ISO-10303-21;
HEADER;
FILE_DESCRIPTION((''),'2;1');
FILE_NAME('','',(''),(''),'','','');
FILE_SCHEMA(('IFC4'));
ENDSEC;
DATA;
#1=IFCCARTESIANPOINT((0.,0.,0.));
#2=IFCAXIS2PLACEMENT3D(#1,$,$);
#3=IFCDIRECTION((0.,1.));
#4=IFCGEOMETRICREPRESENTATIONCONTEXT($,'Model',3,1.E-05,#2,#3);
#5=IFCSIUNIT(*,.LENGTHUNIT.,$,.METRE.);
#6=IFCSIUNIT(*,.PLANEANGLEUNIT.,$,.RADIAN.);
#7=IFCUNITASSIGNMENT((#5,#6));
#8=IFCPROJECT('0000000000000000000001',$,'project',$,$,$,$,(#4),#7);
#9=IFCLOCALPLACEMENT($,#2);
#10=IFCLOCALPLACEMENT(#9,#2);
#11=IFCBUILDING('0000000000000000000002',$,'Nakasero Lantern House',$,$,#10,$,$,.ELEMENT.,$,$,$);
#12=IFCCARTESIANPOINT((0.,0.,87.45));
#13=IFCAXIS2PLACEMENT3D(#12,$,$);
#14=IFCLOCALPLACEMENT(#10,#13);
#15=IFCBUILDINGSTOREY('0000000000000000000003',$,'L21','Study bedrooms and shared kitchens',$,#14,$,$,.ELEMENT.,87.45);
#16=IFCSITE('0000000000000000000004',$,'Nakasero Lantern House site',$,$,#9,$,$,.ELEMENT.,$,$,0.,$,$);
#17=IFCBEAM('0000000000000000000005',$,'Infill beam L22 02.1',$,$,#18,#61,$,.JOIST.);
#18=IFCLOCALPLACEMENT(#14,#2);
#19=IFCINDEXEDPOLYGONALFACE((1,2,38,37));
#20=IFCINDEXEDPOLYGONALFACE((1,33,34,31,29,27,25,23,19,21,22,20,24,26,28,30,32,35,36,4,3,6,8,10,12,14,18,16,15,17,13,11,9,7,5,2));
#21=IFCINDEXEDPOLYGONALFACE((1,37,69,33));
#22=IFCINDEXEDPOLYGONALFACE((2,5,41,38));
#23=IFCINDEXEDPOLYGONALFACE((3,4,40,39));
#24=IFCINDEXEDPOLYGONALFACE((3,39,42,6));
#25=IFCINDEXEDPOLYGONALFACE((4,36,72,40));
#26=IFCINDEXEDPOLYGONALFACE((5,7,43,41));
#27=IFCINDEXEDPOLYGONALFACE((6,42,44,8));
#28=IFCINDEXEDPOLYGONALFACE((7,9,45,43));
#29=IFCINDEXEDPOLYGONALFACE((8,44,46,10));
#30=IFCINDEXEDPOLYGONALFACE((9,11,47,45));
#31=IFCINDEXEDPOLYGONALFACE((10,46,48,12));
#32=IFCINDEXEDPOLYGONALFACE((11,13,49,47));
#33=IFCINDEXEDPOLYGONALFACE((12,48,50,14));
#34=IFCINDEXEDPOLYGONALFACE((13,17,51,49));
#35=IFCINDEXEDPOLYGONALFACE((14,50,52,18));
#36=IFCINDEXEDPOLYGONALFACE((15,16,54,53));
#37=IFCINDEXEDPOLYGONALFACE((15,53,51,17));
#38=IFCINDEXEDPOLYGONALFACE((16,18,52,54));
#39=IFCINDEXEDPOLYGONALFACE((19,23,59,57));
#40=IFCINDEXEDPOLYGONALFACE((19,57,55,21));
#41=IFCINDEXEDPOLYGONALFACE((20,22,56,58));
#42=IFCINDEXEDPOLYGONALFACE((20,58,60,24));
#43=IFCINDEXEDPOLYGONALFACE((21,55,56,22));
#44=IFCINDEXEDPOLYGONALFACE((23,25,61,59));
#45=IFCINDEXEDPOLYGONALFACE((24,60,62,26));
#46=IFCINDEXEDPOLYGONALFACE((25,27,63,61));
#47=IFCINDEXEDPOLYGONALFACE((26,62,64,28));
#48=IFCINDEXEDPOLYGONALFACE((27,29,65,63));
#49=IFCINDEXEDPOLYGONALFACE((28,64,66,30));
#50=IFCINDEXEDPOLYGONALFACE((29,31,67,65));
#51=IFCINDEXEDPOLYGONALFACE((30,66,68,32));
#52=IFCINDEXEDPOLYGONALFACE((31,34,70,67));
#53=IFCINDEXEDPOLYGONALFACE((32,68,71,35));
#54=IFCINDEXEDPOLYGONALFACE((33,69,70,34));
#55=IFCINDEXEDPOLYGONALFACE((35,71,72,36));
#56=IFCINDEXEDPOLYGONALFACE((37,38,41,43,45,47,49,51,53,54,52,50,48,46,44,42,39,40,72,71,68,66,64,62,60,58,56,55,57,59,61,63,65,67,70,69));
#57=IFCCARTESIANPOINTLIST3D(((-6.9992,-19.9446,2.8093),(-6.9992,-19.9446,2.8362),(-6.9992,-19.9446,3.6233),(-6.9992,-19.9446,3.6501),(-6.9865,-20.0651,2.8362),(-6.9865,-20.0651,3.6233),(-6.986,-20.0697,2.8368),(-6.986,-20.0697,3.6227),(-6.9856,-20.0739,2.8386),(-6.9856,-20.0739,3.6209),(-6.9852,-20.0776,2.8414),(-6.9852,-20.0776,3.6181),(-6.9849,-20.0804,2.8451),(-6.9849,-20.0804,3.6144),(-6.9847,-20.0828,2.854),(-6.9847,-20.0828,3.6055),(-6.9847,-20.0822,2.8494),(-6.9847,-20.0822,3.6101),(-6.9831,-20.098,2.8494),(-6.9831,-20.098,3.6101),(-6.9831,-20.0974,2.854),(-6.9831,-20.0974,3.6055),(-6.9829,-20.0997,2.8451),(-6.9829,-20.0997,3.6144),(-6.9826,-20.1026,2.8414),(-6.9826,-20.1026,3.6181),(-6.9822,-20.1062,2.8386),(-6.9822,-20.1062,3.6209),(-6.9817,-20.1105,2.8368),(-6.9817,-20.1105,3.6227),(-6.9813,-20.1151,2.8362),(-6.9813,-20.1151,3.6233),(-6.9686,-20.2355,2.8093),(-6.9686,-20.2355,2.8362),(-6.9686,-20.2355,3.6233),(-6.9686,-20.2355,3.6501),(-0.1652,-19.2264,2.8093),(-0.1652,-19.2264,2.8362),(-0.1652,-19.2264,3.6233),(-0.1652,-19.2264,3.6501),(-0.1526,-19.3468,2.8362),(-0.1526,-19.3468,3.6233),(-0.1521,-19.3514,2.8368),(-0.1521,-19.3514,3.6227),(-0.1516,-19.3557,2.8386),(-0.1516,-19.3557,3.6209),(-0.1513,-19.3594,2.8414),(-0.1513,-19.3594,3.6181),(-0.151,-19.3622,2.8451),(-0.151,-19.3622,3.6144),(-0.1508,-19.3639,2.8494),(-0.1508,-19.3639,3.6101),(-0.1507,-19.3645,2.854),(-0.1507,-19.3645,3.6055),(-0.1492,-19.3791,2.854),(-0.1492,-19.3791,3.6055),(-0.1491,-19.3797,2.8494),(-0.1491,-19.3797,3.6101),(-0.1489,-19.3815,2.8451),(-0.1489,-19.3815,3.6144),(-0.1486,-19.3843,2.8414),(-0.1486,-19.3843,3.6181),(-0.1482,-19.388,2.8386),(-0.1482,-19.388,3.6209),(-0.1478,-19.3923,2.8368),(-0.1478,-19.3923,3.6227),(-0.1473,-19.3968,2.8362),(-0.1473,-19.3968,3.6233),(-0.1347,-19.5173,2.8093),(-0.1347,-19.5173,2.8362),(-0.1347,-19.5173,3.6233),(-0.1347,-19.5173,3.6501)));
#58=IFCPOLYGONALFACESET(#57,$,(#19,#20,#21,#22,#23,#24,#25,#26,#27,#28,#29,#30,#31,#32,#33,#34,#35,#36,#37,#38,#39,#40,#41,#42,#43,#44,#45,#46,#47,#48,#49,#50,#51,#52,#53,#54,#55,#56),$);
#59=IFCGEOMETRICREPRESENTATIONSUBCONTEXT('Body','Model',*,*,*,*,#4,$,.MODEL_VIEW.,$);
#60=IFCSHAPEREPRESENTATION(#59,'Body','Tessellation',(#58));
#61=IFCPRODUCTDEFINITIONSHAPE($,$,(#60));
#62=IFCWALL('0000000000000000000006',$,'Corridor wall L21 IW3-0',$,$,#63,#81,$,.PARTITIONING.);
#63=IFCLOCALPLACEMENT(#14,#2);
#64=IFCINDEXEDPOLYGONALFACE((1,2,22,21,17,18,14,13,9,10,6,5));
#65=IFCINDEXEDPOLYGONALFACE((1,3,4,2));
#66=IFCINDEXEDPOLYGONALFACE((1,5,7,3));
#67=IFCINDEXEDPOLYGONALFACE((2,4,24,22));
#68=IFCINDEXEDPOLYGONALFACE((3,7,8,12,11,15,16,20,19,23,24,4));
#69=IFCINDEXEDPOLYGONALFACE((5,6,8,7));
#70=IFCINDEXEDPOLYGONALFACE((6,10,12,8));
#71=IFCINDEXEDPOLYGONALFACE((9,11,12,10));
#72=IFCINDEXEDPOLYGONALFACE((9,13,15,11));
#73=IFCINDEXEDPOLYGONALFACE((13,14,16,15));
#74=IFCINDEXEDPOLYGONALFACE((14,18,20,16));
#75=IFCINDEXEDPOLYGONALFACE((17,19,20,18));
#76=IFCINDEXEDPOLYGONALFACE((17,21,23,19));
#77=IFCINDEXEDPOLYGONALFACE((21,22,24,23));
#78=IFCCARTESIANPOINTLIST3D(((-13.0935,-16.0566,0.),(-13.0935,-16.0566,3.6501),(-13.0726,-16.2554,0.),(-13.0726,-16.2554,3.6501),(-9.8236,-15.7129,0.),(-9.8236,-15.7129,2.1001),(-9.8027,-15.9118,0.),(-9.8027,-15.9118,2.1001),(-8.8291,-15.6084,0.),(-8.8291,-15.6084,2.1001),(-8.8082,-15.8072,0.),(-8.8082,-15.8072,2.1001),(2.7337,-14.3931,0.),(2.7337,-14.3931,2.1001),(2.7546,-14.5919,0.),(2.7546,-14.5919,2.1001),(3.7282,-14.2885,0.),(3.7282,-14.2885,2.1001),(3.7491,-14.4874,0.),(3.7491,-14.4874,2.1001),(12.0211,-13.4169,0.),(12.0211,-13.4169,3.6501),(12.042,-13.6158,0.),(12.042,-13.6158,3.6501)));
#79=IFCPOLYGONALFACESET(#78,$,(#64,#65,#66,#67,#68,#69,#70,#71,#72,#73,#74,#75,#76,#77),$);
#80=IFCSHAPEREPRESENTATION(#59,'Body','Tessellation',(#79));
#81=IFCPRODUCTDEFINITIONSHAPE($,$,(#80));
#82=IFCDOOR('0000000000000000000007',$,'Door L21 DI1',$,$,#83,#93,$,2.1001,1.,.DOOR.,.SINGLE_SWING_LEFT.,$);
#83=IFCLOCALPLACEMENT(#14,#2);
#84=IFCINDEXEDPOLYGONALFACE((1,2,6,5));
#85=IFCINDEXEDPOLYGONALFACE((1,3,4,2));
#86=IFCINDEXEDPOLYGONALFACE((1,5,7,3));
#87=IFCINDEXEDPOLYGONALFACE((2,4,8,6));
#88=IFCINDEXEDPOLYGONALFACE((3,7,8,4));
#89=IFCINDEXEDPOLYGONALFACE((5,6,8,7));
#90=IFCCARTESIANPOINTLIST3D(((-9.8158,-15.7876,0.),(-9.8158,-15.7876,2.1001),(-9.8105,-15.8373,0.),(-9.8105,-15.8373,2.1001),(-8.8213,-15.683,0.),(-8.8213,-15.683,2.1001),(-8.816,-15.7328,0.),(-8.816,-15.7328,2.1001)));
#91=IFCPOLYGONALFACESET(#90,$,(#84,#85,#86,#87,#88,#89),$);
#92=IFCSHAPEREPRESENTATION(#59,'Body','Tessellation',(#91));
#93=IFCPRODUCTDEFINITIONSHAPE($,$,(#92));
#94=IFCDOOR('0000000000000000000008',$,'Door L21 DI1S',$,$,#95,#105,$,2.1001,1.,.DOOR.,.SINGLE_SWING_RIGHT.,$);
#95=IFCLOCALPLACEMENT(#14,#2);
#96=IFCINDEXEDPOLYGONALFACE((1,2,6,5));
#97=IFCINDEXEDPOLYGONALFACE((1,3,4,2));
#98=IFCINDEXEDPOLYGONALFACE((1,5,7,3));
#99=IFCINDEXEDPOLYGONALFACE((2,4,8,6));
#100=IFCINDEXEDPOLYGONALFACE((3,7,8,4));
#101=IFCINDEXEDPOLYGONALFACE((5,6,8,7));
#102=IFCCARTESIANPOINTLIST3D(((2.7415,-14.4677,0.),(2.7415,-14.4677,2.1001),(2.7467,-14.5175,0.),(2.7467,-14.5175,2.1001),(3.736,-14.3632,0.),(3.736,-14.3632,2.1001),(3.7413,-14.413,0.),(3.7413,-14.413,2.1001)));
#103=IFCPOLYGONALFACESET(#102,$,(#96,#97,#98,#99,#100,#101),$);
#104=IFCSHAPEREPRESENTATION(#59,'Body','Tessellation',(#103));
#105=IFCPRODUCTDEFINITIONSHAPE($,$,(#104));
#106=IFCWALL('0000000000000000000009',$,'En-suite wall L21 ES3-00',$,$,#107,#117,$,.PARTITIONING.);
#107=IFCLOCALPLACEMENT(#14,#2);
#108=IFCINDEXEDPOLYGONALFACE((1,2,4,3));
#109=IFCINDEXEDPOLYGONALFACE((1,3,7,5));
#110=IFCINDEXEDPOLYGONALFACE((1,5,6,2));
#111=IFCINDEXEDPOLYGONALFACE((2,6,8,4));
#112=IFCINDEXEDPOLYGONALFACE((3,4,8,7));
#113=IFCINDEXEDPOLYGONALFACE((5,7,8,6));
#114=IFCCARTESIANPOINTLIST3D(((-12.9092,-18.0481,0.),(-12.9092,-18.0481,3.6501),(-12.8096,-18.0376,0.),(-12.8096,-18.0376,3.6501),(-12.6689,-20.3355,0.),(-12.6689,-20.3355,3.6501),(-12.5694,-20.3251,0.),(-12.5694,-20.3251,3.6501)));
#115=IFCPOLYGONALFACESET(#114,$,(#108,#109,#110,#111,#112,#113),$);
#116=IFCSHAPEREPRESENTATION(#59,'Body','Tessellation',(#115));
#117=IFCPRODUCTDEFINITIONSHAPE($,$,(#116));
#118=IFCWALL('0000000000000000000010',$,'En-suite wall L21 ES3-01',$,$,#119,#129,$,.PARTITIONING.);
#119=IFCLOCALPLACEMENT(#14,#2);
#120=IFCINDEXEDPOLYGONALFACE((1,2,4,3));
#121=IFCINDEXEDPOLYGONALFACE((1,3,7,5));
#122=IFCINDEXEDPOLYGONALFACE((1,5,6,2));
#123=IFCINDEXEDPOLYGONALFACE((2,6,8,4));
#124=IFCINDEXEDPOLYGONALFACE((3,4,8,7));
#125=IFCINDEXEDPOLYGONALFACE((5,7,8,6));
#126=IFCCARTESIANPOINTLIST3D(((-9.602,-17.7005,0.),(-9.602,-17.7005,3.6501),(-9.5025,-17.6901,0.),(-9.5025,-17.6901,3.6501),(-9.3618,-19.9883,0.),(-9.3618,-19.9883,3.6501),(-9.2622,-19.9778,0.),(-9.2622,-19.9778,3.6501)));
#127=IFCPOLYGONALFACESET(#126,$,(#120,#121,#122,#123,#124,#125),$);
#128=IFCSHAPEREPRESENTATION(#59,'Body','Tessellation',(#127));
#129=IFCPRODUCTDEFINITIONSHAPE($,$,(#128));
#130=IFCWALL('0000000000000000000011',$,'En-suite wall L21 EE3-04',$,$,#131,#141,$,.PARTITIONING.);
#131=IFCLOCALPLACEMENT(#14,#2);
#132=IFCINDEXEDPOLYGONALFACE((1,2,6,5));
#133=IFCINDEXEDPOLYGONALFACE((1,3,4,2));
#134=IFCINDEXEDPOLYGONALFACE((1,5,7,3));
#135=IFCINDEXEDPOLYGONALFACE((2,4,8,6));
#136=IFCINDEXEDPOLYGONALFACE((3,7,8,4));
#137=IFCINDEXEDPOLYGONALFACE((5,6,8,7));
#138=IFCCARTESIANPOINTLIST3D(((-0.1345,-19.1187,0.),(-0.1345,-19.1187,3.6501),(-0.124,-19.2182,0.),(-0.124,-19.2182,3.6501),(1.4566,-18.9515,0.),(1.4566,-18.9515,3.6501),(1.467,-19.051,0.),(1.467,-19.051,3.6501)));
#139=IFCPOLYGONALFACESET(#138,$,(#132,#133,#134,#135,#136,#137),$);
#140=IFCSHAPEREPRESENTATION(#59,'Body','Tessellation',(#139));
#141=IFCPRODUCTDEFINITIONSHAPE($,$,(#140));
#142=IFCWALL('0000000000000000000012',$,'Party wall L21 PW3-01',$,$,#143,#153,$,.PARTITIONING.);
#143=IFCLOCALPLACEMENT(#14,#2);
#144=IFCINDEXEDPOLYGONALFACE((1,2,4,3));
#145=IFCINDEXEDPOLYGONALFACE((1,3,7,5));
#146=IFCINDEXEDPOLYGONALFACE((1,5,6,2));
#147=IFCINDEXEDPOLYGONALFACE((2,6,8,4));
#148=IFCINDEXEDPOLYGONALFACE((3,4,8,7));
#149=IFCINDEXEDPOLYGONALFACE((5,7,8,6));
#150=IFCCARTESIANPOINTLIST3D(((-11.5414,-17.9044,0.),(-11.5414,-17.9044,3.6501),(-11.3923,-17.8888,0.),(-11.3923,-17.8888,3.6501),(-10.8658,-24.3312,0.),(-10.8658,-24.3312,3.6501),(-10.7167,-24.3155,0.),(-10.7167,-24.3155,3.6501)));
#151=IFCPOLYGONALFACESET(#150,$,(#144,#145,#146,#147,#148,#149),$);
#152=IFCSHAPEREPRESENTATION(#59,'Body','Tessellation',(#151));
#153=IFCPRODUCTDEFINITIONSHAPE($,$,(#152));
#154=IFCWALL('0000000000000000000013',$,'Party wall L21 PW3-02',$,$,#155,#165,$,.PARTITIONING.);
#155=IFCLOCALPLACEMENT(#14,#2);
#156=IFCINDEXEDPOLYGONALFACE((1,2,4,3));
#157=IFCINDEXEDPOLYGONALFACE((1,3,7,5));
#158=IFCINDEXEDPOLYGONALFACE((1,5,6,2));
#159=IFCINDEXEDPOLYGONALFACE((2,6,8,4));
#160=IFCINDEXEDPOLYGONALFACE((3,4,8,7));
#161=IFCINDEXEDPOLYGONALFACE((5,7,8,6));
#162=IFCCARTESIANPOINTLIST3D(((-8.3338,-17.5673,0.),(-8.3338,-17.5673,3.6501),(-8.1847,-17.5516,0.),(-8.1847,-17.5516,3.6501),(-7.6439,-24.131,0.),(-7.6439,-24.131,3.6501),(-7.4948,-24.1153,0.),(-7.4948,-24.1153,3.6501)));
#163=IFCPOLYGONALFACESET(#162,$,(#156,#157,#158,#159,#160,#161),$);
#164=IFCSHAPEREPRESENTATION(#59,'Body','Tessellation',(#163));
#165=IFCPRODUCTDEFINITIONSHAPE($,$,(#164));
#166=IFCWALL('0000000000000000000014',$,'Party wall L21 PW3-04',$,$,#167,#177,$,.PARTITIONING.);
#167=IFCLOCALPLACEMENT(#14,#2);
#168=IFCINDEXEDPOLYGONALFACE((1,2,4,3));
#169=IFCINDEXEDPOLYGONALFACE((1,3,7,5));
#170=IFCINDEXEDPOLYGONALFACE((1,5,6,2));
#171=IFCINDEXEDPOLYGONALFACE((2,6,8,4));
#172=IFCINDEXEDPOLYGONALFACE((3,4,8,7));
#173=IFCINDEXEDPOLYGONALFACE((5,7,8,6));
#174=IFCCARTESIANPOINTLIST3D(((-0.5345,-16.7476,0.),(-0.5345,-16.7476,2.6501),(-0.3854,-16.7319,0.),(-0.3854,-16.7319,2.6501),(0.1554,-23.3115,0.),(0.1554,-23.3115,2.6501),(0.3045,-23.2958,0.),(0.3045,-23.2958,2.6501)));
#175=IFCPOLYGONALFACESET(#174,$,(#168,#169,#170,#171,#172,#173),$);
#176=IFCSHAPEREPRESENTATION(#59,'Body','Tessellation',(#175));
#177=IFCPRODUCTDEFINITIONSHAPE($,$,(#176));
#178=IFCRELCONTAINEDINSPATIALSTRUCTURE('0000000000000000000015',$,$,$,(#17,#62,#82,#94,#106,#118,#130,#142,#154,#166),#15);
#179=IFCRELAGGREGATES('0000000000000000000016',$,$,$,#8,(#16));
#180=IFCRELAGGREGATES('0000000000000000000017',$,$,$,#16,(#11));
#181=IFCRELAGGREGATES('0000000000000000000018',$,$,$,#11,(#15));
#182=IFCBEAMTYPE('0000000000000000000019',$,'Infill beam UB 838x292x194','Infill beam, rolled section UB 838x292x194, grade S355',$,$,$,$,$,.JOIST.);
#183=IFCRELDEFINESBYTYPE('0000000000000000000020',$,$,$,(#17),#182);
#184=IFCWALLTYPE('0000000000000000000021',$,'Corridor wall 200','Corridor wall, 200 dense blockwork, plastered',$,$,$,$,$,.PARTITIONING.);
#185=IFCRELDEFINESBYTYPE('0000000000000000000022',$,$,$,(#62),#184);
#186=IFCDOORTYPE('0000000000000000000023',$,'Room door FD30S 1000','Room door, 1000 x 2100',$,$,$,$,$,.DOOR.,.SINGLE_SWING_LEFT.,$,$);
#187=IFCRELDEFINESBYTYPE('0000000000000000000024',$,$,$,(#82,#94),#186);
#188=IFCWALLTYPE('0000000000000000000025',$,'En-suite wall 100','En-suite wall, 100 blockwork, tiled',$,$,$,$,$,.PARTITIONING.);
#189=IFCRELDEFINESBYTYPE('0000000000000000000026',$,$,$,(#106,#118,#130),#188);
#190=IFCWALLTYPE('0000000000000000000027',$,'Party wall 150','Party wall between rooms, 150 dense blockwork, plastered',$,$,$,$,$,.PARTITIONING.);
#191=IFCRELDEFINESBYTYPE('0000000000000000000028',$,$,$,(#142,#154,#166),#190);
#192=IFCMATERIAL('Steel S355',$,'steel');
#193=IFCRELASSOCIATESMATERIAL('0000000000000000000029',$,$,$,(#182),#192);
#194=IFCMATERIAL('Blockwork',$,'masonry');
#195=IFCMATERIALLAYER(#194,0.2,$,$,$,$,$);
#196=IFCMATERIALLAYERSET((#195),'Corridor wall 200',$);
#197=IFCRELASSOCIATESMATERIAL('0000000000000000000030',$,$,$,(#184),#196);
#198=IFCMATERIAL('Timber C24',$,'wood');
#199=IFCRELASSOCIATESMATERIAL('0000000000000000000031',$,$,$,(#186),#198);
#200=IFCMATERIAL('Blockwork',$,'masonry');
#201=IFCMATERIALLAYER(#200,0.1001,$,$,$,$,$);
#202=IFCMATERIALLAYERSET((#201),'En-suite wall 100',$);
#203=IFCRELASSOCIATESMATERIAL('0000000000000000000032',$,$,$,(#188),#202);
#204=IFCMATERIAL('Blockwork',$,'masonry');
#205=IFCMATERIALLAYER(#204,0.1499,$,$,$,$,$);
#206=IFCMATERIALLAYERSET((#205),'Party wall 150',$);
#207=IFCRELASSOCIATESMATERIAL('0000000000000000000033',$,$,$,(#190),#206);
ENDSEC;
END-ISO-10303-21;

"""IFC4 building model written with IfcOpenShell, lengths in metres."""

from ifc_helpers import new_model, si_unit, direction, frame, frame_2d, origin, origin_2d, place, context, subcontext, project, spatial, rectangle, i_section, extrude, material, layer, layer_set, material_profile, profile_set, type_object, element, fill, save


model = new_model("IFC4")

# Units and contexts
model_context = context("Model", 3, precision=1e-05, world=origin(), true_north=direction((0.0, 1.0)))
body_context = subcontext(model_context, "Body", "Model", "MODEL_VIEW")
ifc_project = project(units=[si_unit("LENGTHUNIT", "METRE"), si_unit("PLANEANGLEUNIT", "RADIAN")], contexts=[model_context])

# Site, building, storey
site_placement = place(None, origin())
site = spatial("IfcSite", under=ifc_project, at=site_placement, Name="Nakasero Lantern House site", CompositionType="ELEMENT", RefElevation=0.0)
building_placement = place(site_placement, origin())
building = spatial("IfcBuilding", under=site, at=building_placement, Name="Nakasero Lantern House", CompositionType="ELEMENT")
storey_placement = place(building_placement, frame((0.0, 0.0, 87.45)))
storey = spatial("IfcBuildingStorey", under=building, at=storey_placement, Name="L21", Description="Study bedrooms and shared kitchens", CompositionType="ELEMENT", Elevation=87.45)

# Beam
ifc_material_1 = material(Name="Steel S355", Category="steel")
ifc_material_profile_1 = material_profile(ifc_material_1, i_section(OverallWidth=0.2925, OverallDepth=0.8408, WebThickness=0.0146, FlangeThickness=0.0269, FilletRadius=0.0178, at=origin_2d()), Name="UB 838x292x194")
ifc_profile_set_1 = profile_set([ifc_material_profile_1], Name="Steel S355")
beam_type_1 = type_object("IfcBeamType", Name="Infill beam UB 838x292x194", Description="Infill beam, rolled section UB 838x292x194, grade S355", PredefinedType="JOIST", material=ifc_profile_set_1)
beam_1_placement = place(storey_placement, frame((-6.9839, -20.0901, 3.2297), z_axis=(0.994522, 0.104526, 0.0), x_axis=(-0.104526, 0.994522, 0.0)))
element("IfcBeam", 1, at=beam_1_placement, inside=storey, type_object=beam_type_1, Name="Infill beam L22 02.1", PredefinedType="JOIST", context=body_context, shape_type="SweptSolid", body=[
    extrude(i_section(OverallWidth=0.2925, OverallDepth=0.8408, WebThickness=0.0146, FlangeThickness=0.0269, FilletRadius=0.0178, at=origin_2d()), origin(), (0.0, 0.0, 1.0), 6.8716),
])

# Wall, openings, doors
ifc_material_2 = material(Name="Blockwork", Category="masonry")
ifc_layer_1 = layer(ifc_material_2, 0.2)
ifc_layer_set_1 = layer_set([ifc_layer_1], Name="Corridor wall 200")
wall_type_1 = type_object("IfcWallType", Name="Corridor wall 200", Description="Corridor wall, 200 dense blockwork, plastered", PredefinedType="PARTITIONING", material=ifc_layer_set_1)
wall_1_placement = place(storey_placement, frame((-13.083, -16.156, 0.0), z_axis=(0.0, 0.0, 1.0), x_axis=(0.994522, 0.104529, 0.0)))
wall_1 = element("IfcWall", 2, at=wall_1_placement, inside=storey, type_object=wall_type_1, Name="Corridor wall L21 IW3-0", PredefinedType="PARTITIONING", context=body_context, shape_type="SweptSolid", body=[
    extrude(rectangle(XDim=25.2529, YDim=0.2, at=frame_2d((12.6265, 0.0))), origin(), (0.0, 0.0, 1.0), 3.6501),
])
opening_1_placement = place(wall_1_placement, frame((3.2878, 0.0, 0.0)))
opening_1 = element("IfcOpeningElement", 3, at=opening_1_placement, cuts=wall_1, PredefinedType="OPENING", context=body_context, shape_type="SweptSolid", body=[
    extrude(rectangle(XDim=1.0, YDim=2.1001, at=frame_2d((0.5, 1.05))), frame((0.0, 0.1199, 0.0), z_axis=(0.0, -1.0, 0.0), x_axis=(1.0, 0.0, 0.0)), (0.0, 0.0, 1.0), 0.24),
])
opening_2_placement = place(wall_1_placement, frame((15.9143, 0.0, 0.0)))
opening_2 = element("IfcOpeningElement", 4, at=opening_2_placement, cuts=wall_1, PredefinedType="OPENING", context=body_context, shape_type="SweptSolid", body=[
    extrude(rectangle(XDim=1.0, YDim=2.1001, at=frame_2d((0.5, 1.05))), frame((0.0, 0.1199, 0.0), z_axis=(0.0, -1.0, 0.0), x_axis=(1.0, 0.0, 0.0)), (0.0, 0.0, 1.0), 0.24),
])
ifc_material_3 = material(Name="Timber C24", Category="wood")
door_type = type_object("IfcDoorType", Name="Room door FD30S 1000", Description="Room door, 1000 x 2100", OperationType="SINGLE_SWING_LEFT", PredefinedType="DOOR", material=ifc_material_3)
door_1_placement = place(opening_1_placement, origin())
door_1 = element("IfcDoor", 5, at=door_1_placement, inside=storey, type_object=door_type, Name="Door L21 DI1", OperationType="SINGLE_SWING_LEFT", OverallHeight=2.1001, OverallWidth=1.0, PredefinedType="DOOR", context=body_context, shape_type="SweptSolid", body=[
    extrude(rectangle(XDim=1.0, YDim=2.1001, at=frame_2d((0.5, 1.05))), frame((0.0, 0.0249, 0.0), z_axis=(0.0, -1.0, 0.0), x_axis=(1.0, 0.0, 0.0)), (0.0, 0.0, 1.0), 0.05),
])
fill(opening_1, door_1)
door_2_placement = place(opening_2_placement, origin())
door_2 = element("IfcDoor", 6, at=door_2_placement, inside=storey, type_object=door_type, Name="Door L21 DI1S", OperationType="SINGLE_SWING_RIGHT", OverallHeight=2.1001, OverallWidth=1.0, PredefinedType="DOOR", context=body_context, shape_type="SweptSolid", body=[
    extrude(rectangle(XDim=1.0, YDim=2.1001, at=frame_2d((0.5, 1.05))), frame((0.0, 0.0249, 0.0), z_axis=(0.0, -1.0, 0.0), x_axis=(1.0, 0.0, 0.0)), (0.0, 0.0, 1.0), 0.05),
])
fill(opening_2, door_2)

# Walls
ifc_material_4 = material(Name="Blockwork", Category="masonry")
ifc_layer_2 = layer(ifc_material_4, 0.1001)
ifc_layer_set_2 = layer_set([ifc_layer_2], Name="En-suite wall 100")
wall_type_2 = type_object("IfcWallType", Name="En-suite wall 100", Description="En-suite wall, 100 blockwork, tiled", PredefinedType="PARTITIONING", material=ifc_layer_set_2)
wall_2_placement = place(storey_placement, frame((-12.8594, -18.043, 0.0), z_axis=(0.0, 0.0, 1.0), x_axis=(0.104453, -0.99453, 0.0)))
element("IfcWall", 7, at=wall_2_placement, inside=storey, type_object=wall_type_2, Name="En-suite wall L21 ES3-00", PredefinedType="PARTITIONING", context=body_context, shape_type="SweptSolid", body=[
    extrude(rectangle(XDim=2.3, YDim=0.1001, at=frame_2d((1.1499, 0.0))), origin(), (0.0, 0.0, 1.0), 3.6501),
])
wall_3_placement = place(storey_placement, frame((-9.5522, -17.6953, 0.0), z_axis=(0.0, 0.0, 1.0), x_axis=(0.104442, -0.994531, 0.0)))
element("IfcWall", 8, at=wall_3_placement, inside=storey, type_object=wall_type_2, Name="En-suite wall L21 ES3-01", PredefinedType="PARTITIONING", context=body_context, shape_type="SweptSolid", body=[
    extrude(rectangle(XDim=2.3003, YDim=0.1001, at=frame_2d((1.1501, 0.0))), origin(), (0.0, 0.0, 1.0), 3.6501),
])
wall_4_placement = place(storey_placement, frame((-0.1292, -19.1685, 0.0), z_axis=(0.0, 0.0, 1.0), x_axis=(0.994521, 0.104534, 0.0)))
element("IfcWall", 9, at=wall_4_placement, inside=storey, type_object=wall_type_2, Name="En-suite wall L21 EE3-04", PredefinedType="PARTITIONING", context=body_context, shape_type="SweptSolid", body=[
    extrude(rectangle(XDim=1.5999, YDim=0.1001, at=frame_2d((0.7998, 0.0))), origin(), (0.0, 0.0, 1.0), 3.6501),
])
ifc_material_5 = material(Name="Blockwork", Category="masonry")
ifc_layer_3 = layer(ifc_material_5, 0.1499)
ifc_layer_set_3 = layer_set([ifc_layer_3], Name="Party wall 150")
wall_type_3 = type_object("IfcWallType", Name="Party wall 150", Description="Party wall between rooms, 150 dense blockwork, plastered", PredefinedType="PARTITIONING", material=ifc_layer_set_3)
wall_5_placement = place(storey_placement, frame((-11.4668, -17.8967, 0.0), z_axis=(0.0, 0.0, 1.0), x_axis=(0.104537, -0.994521, 0.0)))
element("IfcWall", 10, at=wall_5_placement, inside=storey, type_object=wall_type_3, Name="Party wall L21 PW3-01", PredefinedType="PARTITIONING", context=body_context, shape_type="SweptSolid", body=[
    extrude(rectangle(XDim=6.4622, YDim=0.1499, at=frame_2d((3.231, 0.0))), origin(), (0.0, 0.0, 1.0), 3.6501),
])
wall_6_placement = place(storey_placement, frame((-8.2593, -17.5596, 0.0), z_axis=(0.0, 0.0, 1.0), x_axis=(0.104538, -0.994521, 0.0)))
element("IfcWall", 11, at=wall_6_placement, inside=storey, type_object=wall_type_3, Name="Party wall L21 PW3-02", PredefinedType="PARTITIONING", context=body_context, shape_type="SweptSolid", body=[
    extrude(rectangle(XDim=6.5999, YDim=0.1499, at=frame_2d((3.2998, 0.0))), origin(), (0.0, 0.0, 1.0), 3.6501),
])
wall_7_placement = place(storey_placement, frame((-0.46, -16.7397, 0.0), z_axis=(0.0, 0.0, 1.0), x_axis=(0.104535, -0.994521, 0.0)))
element("IfcWall", 12, at=wall_7_placement, inside=storey, type_object=wall_type_3, Name="Party wall L21 PW3-04", PredefinedType="PARTITIONING", context=body_context, shape_type="SweptSolid", body=[
    extrude(rectangle(XDim=6.6001, YDim=0.1499, at=frame_2d((3.3, 0.0))), origin(), (0.0, 0.0, 1.0), 2.6501),
])

save(model, "model.ifc")
